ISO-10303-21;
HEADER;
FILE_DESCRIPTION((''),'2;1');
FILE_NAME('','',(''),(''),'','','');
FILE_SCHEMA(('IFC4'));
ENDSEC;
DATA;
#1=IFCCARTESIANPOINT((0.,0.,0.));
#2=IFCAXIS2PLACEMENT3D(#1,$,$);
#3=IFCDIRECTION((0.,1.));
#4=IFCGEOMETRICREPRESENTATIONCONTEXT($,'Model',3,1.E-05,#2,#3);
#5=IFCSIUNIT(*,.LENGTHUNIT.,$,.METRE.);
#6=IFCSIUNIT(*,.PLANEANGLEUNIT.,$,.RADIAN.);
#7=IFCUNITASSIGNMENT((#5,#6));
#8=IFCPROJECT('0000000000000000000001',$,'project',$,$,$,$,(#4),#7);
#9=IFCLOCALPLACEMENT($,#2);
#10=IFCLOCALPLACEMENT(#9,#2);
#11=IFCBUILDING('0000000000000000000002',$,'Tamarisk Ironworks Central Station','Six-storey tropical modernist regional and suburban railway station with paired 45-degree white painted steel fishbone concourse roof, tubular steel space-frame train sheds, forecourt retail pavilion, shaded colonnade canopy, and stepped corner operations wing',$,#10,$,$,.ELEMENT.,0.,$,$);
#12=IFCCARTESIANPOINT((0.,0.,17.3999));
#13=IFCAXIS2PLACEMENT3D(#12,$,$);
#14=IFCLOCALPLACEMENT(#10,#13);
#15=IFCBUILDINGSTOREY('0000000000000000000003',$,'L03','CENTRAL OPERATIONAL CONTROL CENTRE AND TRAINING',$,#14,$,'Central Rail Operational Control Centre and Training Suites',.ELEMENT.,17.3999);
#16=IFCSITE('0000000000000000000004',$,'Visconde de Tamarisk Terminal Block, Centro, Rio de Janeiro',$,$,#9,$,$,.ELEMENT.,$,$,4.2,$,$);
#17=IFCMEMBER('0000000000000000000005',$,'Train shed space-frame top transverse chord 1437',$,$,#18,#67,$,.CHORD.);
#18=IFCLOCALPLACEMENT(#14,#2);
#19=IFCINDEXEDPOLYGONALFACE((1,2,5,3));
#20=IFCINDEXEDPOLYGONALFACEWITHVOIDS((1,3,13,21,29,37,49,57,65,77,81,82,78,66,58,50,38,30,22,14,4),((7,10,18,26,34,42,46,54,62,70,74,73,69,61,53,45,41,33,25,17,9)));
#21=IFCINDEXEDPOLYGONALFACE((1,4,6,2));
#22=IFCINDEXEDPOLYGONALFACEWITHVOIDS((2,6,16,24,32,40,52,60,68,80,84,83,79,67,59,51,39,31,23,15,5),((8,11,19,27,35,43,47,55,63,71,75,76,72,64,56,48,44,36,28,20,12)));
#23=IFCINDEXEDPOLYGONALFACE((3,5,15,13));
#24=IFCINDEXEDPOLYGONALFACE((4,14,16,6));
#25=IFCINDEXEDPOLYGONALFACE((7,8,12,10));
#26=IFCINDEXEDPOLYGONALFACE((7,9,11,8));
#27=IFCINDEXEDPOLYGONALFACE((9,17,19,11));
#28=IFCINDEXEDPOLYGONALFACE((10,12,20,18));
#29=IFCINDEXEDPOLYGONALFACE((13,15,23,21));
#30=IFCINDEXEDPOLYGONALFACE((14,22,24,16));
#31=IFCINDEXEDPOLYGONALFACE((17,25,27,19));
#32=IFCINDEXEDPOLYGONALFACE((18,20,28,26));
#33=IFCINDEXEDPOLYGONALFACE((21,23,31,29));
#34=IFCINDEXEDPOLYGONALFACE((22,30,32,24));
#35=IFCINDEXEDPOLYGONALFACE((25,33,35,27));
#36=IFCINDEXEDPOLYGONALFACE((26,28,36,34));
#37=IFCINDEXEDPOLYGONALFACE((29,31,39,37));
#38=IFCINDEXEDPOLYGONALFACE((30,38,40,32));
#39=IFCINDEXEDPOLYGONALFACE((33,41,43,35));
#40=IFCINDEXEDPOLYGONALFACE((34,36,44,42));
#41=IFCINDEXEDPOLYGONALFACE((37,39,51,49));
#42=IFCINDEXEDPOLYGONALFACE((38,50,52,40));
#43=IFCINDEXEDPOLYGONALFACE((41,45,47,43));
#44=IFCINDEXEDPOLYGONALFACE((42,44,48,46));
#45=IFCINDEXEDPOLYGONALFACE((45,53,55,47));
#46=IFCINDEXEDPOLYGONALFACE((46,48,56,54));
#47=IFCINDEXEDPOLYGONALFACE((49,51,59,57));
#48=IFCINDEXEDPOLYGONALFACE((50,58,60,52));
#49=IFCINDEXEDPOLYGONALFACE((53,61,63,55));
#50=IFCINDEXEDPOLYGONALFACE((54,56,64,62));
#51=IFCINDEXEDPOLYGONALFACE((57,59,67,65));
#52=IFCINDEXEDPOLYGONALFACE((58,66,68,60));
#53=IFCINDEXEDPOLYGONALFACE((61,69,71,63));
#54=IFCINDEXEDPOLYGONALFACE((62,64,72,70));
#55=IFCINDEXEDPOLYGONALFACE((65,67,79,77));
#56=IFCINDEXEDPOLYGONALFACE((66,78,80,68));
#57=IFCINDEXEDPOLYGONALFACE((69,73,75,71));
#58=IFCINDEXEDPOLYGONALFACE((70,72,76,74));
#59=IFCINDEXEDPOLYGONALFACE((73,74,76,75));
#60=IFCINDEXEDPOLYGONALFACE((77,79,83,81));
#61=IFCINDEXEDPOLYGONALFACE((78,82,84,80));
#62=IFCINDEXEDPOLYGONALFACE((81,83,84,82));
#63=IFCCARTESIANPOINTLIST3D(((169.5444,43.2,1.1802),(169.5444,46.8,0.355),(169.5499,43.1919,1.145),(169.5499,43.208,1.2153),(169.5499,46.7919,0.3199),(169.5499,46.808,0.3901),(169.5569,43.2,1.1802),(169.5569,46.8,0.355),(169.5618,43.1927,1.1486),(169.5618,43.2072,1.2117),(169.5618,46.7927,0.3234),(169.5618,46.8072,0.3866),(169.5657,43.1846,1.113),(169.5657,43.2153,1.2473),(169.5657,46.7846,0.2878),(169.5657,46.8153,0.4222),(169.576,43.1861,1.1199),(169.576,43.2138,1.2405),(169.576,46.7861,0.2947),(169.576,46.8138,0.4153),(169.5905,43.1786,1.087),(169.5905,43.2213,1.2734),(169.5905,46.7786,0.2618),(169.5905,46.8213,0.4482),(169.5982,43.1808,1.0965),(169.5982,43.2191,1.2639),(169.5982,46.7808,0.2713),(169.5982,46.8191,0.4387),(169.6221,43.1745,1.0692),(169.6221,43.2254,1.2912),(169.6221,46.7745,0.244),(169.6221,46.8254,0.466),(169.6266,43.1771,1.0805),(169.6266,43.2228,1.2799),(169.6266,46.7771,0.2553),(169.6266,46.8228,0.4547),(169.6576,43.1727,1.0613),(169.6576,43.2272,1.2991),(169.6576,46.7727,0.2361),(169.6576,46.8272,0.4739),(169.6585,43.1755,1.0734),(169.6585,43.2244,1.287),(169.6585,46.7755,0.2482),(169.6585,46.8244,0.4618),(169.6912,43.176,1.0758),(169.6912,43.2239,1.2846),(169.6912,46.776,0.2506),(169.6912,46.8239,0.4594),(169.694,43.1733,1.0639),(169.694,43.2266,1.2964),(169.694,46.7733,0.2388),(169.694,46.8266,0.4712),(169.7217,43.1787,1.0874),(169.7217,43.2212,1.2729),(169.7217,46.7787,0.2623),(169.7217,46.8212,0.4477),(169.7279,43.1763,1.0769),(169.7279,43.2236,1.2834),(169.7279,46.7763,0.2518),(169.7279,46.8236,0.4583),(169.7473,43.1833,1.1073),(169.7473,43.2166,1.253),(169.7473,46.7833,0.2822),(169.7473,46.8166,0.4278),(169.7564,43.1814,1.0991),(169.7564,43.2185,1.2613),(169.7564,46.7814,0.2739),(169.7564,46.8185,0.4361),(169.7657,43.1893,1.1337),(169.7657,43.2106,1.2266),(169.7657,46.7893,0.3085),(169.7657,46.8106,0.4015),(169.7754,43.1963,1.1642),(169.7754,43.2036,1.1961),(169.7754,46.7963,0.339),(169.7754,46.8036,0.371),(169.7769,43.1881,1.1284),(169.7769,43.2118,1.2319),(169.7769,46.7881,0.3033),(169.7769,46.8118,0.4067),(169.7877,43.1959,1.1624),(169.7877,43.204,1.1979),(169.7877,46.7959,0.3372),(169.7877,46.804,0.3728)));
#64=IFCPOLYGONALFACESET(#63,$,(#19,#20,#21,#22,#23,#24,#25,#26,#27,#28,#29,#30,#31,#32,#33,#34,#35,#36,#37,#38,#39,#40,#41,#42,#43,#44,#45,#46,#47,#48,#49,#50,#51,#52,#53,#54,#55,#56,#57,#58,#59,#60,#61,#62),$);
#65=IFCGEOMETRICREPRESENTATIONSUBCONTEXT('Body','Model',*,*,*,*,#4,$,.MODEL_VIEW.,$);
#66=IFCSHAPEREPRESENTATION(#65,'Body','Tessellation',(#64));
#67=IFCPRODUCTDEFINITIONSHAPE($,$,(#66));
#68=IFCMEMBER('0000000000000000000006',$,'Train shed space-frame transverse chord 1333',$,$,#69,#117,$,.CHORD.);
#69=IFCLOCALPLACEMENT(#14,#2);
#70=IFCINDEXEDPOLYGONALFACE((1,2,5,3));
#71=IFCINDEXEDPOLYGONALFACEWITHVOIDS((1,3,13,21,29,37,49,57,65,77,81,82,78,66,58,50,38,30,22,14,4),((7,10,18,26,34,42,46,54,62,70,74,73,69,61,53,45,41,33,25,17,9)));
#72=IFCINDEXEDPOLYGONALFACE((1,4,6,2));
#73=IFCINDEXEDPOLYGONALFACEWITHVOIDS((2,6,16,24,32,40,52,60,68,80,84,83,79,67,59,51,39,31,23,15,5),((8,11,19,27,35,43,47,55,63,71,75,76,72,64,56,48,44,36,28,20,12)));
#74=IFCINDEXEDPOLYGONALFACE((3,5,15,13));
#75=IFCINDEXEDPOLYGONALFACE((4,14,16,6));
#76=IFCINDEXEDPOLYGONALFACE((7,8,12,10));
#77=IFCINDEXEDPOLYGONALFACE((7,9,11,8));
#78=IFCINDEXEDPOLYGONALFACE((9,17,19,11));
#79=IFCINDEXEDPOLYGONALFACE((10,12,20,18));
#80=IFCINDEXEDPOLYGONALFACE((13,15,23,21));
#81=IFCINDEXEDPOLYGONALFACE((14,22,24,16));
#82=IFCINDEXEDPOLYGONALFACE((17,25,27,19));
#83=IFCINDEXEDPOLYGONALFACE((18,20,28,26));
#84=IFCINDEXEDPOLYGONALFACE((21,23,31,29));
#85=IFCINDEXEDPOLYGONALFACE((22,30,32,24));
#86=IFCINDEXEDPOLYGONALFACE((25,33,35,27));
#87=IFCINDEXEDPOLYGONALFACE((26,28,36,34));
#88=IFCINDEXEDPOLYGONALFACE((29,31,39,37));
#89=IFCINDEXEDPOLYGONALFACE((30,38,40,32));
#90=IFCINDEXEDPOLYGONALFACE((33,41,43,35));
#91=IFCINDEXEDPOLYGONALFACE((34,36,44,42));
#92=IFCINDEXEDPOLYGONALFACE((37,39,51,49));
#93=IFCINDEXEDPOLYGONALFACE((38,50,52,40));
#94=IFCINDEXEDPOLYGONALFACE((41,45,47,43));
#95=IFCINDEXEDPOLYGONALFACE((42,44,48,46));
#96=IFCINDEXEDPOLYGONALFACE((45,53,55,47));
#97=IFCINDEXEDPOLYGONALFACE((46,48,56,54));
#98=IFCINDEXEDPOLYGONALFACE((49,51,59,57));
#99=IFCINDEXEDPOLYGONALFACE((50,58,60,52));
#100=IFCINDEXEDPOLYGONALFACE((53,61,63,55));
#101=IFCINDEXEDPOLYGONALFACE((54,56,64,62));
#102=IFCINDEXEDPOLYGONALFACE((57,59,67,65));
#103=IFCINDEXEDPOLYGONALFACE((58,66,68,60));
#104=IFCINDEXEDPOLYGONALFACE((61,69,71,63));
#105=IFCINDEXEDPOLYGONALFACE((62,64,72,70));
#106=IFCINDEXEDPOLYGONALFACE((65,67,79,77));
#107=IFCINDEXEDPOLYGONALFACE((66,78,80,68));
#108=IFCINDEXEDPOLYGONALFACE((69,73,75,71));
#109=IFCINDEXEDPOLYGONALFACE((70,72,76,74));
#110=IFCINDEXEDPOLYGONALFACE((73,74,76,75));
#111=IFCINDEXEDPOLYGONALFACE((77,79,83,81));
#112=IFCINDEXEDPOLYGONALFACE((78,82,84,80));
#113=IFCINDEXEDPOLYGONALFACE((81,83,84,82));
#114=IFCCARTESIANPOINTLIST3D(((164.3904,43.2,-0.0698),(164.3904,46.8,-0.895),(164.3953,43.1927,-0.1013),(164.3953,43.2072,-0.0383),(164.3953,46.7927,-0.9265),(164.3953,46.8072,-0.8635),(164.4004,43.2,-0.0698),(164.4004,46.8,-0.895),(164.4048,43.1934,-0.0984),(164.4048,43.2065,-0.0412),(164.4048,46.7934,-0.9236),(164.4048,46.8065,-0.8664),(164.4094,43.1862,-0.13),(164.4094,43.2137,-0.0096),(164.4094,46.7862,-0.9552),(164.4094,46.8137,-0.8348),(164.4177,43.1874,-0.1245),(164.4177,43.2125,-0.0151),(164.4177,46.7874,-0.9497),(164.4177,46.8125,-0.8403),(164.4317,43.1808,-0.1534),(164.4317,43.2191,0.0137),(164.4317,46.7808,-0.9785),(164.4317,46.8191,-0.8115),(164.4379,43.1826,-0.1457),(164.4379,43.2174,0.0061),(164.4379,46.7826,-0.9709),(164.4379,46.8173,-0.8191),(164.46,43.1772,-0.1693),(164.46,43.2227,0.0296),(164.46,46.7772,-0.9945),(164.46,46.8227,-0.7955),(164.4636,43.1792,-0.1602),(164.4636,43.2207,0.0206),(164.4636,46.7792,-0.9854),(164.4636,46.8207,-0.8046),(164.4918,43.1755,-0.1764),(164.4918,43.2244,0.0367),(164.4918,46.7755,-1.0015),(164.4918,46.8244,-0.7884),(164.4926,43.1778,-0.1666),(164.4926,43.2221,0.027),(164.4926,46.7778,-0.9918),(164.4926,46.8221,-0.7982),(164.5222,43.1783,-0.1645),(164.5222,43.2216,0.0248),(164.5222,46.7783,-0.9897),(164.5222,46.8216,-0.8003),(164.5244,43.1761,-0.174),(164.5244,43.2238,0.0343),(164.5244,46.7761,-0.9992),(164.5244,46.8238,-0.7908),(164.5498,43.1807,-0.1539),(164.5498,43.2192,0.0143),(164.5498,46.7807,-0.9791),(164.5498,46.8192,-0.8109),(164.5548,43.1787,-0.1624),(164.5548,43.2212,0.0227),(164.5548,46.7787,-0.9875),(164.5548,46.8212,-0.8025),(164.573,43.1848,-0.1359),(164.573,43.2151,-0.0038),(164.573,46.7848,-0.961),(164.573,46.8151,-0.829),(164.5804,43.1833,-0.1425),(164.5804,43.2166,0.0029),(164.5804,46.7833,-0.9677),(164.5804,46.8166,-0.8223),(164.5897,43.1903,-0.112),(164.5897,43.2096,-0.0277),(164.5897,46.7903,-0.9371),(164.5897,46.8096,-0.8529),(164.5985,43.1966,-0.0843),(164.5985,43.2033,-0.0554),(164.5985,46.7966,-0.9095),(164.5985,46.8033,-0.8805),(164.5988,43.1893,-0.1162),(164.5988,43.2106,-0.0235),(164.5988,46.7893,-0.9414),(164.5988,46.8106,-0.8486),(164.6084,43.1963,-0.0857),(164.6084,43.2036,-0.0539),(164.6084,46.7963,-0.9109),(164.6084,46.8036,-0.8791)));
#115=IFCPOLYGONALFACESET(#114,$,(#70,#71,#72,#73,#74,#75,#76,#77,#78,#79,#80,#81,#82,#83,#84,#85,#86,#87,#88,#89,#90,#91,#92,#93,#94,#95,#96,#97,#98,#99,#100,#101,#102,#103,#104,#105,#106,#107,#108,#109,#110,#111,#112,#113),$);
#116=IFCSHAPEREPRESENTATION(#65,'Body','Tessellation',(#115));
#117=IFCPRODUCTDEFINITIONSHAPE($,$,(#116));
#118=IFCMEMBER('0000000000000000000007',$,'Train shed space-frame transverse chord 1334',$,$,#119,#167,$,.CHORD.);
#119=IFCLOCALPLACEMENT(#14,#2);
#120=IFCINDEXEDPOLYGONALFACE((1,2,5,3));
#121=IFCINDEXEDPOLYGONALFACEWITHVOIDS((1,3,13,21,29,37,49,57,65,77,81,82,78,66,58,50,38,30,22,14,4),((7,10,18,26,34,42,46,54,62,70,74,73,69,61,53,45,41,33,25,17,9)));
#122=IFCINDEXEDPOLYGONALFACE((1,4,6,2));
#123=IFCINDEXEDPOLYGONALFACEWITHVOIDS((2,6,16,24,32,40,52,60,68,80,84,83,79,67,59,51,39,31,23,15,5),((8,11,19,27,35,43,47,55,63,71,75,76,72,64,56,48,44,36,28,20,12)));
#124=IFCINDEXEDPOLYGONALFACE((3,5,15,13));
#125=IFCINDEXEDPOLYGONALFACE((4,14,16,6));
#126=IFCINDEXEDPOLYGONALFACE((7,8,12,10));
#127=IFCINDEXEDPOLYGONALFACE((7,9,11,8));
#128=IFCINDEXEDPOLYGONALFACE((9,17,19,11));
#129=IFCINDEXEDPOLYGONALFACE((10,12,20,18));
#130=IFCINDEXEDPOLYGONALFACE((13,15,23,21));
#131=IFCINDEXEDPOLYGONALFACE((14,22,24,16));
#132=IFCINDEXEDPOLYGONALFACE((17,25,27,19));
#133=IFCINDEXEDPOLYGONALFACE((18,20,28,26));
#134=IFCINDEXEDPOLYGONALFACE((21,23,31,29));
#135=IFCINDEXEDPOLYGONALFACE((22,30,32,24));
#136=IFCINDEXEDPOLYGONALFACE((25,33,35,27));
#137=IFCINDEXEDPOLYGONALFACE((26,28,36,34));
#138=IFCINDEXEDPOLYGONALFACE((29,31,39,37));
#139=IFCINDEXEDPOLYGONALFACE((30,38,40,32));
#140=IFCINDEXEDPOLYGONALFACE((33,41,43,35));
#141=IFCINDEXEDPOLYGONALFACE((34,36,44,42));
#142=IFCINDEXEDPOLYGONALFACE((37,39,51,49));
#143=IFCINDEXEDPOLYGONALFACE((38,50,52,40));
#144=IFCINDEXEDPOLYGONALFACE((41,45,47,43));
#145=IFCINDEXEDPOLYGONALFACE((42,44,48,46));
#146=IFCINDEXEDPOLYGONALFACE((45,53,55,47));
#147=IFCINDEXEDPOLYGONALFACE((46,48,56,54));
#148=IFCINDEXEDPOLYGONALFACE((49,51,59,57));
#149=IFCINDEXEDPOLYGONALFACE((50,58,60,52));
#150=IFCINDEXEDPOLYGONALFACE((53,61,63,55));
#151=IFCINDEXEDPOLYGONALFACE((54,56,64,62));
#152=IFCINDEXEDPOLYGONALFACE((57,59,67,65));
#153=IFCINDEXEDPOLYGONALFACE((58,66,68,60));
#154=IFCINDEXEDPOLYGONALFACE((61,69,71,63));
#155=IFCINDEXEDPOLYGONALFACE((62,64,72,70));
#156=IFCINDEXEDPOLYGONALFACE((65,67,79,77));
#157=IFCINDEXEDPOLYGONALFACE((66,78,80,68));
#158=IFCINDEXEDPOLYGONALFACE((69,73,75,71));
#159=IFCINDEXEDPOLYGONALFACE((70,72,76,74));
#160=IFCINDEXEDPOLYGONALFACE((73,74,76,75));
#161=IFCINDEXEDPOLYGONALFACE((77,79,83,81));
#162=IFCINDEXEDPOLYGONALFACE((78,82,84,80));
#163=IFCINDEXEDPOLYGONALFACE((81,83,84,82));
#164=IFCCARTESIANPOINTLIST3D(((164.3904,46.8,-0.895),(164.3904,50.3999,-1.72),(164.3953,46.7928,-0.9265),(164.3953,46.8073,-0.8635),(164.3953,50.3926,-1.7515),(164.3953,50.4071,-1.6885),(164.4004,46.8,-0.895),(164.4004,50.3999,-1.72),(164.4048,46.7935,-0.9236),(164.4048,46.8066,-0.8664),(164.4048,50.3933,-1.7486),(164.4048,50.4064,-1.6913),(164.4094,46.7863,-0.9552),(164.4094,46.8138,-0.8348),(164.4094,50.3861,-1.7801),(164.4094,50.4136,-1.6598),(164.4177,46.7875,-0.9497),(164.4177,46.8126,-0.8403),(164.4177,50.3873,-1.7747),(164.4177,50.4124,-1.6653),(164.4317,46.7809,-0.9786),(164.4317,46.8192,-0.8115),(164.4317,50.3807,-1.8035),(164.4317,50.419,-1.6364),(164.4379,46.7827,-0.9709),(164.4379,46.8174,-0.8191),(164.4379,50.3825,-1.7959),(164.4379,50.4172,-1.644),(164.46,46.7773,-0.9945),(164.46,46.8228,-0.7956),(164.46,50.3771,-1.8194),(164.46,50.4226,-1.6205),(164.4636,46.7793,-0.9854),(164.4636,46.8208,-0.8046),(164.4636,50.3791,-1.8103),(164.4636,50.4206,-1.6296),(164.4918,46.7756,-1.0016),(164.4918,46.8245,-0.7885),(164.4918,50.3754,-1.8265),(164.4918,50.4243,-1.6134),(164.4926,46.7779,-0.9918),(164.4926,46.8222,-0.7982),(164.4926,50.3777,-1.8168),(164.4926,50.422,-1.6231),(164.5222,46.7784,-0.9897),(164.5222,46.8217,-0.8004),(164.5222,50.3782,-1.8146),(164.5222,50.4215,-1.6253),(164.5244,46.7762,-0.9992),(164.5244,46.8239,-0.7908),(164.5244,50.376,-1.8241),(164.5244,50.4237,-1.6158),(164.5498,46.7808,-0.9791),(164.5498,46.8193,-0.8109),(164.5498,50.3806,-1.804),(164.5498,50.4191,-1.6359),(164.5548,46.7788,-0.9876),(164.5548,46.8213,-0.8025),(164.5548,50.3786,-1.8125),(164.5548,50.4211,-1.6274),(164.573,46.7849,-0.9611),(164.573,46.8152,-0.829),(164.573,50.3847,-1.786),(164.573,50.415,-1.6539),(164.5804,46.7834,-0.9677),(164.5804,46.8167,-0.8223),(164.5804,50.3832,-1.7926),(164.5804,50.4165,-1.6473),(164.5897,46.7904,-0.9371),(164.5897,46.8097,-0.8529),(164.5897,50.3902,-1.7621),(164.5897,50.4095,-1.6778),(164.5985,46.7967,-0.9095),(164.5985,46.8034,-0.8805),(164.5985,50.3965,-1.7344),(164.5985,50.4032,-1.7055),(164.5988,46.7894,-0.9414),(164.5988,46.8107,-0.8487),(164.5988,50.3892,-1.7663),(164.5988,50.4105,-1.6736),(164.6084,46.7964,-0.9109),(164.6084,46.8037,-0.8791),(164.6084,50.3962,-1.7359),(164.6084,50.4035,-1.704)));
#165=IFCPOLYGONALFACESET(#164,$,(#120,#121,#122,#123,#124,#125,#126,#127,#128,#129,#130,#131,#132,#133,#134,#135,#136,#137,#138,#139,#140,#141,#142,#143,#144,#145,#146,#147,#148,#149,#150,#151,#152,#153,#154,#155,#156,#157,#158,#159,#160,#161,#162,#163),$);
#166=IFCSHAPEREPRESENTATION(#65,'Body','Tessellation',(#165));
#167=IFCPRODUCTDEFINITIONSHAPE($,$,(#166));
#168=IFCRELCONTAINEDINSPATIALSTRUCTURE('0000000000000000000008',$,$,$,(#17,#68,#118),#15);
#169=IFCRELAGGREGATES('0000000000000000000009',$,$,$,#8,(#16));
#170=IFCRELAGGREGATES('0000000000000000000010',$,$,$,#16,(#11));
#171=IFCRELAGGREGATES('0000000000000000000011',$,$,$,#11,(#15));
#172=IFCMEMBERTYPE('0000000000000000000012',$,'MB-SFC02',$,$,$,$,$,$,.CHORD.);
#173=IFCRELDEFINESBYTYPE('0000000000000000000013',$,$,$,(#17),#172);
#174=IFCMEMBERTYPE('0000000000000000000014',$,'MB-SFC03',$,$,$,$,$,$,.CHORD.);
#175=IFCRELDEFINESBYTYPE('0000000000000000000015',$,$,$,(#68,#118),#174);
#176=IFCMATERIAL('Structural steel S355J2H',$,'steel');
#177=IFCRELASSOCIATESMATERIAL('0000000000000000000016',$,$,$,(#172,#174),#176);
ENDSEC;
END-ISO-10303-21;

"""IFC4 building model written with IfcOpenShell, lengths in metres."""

from ifc_helpers import new_model, si_unit, direction, frame, origin, origin_2d, place, context, subcontext, project, spatial, hollow_circle, extrude, material, material_profile, profile_set, type_object, element, save


model = new_model("IFC4")

# Units and contexts
model_context = context("Model", 3, precision=1e-05, world=origin(), true_north=direction((0.0, 1.0)))
body_context = subcontext(model_context, "Body", "Model", "MODEL_VIEW")
ifc_project = project(units=[si_unit("LENGTHUNIT", "METRE"), si_unit("PLANEANGLEUNIT", "RADIAN")], contexts=[model_context])

# Site, building, storey
site_placement = place(None, origin())
site = spatial("IfcSite", under=ifc_project, at=site_placement, Name="Visconde de Tamarisk Terminal Block, Centro, Rio de Janeiro", CompositionType="ELEMENT", RefElevation=4.2)
building_placement = place(site_placement, origin())
building = spatial("IfcBuilding", under=site, at=building_placement, Name="Tamarisk Ironworks Central Station", Description="Six-storey tropical modernist regional and suburban railway station with paired 45-degree white painted steel fishbone concourse roof, tubular steel space-frame train sheds, forecourt retail pavilion, shaded colonnade canopy, and stepped corner operations wing", CompositionType="ELEMENT", ElevationOfRefHeight=0.0)
storey_placement = place(building_placement, frame((0.0, 0.0, 17.3999)))
storey = spatial("IfcBuildingStorey", under=building, at=storey_placement, Name="L03", Description="CENTRAL OPERATIONAL CONTROL CENTRE AND TRAINING", LongName="Central Rail Operational Control Centre and Training Suites", CompositionType="ELEMENT", Elevation=17.3999)

# Members
ifc_material = material(Name="Structural steel S355J2H", Category="steel")
ifc_material_profile_1 = material_profile(ifc_material, hollow_circle(Radius=0.1223, WallThickness=0.0125, at=origin_2d()), Name="CHS 244.5x12.5")
ifc_profile_set_1 = profile_set([ifc_material_profile_1], Name="Structural steel S355J2H")
member_type_1 = type_object("IfcMemberType", Name="MB-SFC02", PredefinedType="CHORD", material=ifc_profile_set_1)
member_1_placement = place(storey_placement, frame((169.6667, 43.2, 1.1802), z_axis=(0.0, 0.974722, -0.223421), x_axis=(-1.0, 0.0, 0.0)))
element("IfcMember", 1, at=member_1_placement, inside=storey, type_object=member_type_1, Name="Train shed space-frame top transverse chord 1437", PredefinedType="CHORD", context=body_context, shape_type="SweptSolid", body=[
    extrude(hollow_circle(Radius=0.1223, WallThickness=0.0125, at=origin_2d()), origin(), (0.0, 0.0, 1.0), 3.6934),
])
ifc_material_profile_2 = material_profile(ifc_material, hollow_circle(Radius=0.1096, WallThickness=0.01, at=origin_2d()), Name="CHS 219.1x10")
ifc_profile_set_2 = profile_set([ifc_material_profile_2], Name="Structural steel S355J2H")
member_type_2 = type_object("IfcMemberType", Name="MB-SFC03", PredefinedType="CHORD", material=ifc_profile_set_2)
member_2_placement = place(storey_placement, frame((164.5, 43.2, -0.0698), z_axis=(0.0, 0.974722, -0.223421), x_axis=(-1.0, 0.0, 0.0)))
element("IfcMember", 2, at=member_2_placement, inside=storey, type_object=member_type_2, Name="Train shed space-frame transverse chord 1333", PredefinedType="CHORD", context=body_context, shape_type="SweptSolid", body=[
    extrude(hollow_circle(Radius=0.1096, WallThickness=0.01, at=origin_2d()), origin(), (0.0, 0.0, 1.0), 3.6934),
])
for number, where, z_axis, x_axis, name in (
    (3, (164.5, 46.8, -0.895), (0.0, 0.974733, -0.223372), (-1.0, 0.0, 0.0), "Train shed space-frame transverse chord 1334"),
):
    element("IfcMember", number, at=place(storey_placement, frame(where, z_axis=z_axis, x_axis=x_axis)), inside=storey, type_object=member_type_2, Name=name, PredefinedType="CHORD", context=body_context, shape_type="SweptSolid", body=[
        extrude(hollow_circle(Radius=0.1096, WallThickness=0.01, at=origin_2d()), origin(), (0.0, 0.0, 1.0), 3.6931),
    ])

save(model, "model.ifc")
